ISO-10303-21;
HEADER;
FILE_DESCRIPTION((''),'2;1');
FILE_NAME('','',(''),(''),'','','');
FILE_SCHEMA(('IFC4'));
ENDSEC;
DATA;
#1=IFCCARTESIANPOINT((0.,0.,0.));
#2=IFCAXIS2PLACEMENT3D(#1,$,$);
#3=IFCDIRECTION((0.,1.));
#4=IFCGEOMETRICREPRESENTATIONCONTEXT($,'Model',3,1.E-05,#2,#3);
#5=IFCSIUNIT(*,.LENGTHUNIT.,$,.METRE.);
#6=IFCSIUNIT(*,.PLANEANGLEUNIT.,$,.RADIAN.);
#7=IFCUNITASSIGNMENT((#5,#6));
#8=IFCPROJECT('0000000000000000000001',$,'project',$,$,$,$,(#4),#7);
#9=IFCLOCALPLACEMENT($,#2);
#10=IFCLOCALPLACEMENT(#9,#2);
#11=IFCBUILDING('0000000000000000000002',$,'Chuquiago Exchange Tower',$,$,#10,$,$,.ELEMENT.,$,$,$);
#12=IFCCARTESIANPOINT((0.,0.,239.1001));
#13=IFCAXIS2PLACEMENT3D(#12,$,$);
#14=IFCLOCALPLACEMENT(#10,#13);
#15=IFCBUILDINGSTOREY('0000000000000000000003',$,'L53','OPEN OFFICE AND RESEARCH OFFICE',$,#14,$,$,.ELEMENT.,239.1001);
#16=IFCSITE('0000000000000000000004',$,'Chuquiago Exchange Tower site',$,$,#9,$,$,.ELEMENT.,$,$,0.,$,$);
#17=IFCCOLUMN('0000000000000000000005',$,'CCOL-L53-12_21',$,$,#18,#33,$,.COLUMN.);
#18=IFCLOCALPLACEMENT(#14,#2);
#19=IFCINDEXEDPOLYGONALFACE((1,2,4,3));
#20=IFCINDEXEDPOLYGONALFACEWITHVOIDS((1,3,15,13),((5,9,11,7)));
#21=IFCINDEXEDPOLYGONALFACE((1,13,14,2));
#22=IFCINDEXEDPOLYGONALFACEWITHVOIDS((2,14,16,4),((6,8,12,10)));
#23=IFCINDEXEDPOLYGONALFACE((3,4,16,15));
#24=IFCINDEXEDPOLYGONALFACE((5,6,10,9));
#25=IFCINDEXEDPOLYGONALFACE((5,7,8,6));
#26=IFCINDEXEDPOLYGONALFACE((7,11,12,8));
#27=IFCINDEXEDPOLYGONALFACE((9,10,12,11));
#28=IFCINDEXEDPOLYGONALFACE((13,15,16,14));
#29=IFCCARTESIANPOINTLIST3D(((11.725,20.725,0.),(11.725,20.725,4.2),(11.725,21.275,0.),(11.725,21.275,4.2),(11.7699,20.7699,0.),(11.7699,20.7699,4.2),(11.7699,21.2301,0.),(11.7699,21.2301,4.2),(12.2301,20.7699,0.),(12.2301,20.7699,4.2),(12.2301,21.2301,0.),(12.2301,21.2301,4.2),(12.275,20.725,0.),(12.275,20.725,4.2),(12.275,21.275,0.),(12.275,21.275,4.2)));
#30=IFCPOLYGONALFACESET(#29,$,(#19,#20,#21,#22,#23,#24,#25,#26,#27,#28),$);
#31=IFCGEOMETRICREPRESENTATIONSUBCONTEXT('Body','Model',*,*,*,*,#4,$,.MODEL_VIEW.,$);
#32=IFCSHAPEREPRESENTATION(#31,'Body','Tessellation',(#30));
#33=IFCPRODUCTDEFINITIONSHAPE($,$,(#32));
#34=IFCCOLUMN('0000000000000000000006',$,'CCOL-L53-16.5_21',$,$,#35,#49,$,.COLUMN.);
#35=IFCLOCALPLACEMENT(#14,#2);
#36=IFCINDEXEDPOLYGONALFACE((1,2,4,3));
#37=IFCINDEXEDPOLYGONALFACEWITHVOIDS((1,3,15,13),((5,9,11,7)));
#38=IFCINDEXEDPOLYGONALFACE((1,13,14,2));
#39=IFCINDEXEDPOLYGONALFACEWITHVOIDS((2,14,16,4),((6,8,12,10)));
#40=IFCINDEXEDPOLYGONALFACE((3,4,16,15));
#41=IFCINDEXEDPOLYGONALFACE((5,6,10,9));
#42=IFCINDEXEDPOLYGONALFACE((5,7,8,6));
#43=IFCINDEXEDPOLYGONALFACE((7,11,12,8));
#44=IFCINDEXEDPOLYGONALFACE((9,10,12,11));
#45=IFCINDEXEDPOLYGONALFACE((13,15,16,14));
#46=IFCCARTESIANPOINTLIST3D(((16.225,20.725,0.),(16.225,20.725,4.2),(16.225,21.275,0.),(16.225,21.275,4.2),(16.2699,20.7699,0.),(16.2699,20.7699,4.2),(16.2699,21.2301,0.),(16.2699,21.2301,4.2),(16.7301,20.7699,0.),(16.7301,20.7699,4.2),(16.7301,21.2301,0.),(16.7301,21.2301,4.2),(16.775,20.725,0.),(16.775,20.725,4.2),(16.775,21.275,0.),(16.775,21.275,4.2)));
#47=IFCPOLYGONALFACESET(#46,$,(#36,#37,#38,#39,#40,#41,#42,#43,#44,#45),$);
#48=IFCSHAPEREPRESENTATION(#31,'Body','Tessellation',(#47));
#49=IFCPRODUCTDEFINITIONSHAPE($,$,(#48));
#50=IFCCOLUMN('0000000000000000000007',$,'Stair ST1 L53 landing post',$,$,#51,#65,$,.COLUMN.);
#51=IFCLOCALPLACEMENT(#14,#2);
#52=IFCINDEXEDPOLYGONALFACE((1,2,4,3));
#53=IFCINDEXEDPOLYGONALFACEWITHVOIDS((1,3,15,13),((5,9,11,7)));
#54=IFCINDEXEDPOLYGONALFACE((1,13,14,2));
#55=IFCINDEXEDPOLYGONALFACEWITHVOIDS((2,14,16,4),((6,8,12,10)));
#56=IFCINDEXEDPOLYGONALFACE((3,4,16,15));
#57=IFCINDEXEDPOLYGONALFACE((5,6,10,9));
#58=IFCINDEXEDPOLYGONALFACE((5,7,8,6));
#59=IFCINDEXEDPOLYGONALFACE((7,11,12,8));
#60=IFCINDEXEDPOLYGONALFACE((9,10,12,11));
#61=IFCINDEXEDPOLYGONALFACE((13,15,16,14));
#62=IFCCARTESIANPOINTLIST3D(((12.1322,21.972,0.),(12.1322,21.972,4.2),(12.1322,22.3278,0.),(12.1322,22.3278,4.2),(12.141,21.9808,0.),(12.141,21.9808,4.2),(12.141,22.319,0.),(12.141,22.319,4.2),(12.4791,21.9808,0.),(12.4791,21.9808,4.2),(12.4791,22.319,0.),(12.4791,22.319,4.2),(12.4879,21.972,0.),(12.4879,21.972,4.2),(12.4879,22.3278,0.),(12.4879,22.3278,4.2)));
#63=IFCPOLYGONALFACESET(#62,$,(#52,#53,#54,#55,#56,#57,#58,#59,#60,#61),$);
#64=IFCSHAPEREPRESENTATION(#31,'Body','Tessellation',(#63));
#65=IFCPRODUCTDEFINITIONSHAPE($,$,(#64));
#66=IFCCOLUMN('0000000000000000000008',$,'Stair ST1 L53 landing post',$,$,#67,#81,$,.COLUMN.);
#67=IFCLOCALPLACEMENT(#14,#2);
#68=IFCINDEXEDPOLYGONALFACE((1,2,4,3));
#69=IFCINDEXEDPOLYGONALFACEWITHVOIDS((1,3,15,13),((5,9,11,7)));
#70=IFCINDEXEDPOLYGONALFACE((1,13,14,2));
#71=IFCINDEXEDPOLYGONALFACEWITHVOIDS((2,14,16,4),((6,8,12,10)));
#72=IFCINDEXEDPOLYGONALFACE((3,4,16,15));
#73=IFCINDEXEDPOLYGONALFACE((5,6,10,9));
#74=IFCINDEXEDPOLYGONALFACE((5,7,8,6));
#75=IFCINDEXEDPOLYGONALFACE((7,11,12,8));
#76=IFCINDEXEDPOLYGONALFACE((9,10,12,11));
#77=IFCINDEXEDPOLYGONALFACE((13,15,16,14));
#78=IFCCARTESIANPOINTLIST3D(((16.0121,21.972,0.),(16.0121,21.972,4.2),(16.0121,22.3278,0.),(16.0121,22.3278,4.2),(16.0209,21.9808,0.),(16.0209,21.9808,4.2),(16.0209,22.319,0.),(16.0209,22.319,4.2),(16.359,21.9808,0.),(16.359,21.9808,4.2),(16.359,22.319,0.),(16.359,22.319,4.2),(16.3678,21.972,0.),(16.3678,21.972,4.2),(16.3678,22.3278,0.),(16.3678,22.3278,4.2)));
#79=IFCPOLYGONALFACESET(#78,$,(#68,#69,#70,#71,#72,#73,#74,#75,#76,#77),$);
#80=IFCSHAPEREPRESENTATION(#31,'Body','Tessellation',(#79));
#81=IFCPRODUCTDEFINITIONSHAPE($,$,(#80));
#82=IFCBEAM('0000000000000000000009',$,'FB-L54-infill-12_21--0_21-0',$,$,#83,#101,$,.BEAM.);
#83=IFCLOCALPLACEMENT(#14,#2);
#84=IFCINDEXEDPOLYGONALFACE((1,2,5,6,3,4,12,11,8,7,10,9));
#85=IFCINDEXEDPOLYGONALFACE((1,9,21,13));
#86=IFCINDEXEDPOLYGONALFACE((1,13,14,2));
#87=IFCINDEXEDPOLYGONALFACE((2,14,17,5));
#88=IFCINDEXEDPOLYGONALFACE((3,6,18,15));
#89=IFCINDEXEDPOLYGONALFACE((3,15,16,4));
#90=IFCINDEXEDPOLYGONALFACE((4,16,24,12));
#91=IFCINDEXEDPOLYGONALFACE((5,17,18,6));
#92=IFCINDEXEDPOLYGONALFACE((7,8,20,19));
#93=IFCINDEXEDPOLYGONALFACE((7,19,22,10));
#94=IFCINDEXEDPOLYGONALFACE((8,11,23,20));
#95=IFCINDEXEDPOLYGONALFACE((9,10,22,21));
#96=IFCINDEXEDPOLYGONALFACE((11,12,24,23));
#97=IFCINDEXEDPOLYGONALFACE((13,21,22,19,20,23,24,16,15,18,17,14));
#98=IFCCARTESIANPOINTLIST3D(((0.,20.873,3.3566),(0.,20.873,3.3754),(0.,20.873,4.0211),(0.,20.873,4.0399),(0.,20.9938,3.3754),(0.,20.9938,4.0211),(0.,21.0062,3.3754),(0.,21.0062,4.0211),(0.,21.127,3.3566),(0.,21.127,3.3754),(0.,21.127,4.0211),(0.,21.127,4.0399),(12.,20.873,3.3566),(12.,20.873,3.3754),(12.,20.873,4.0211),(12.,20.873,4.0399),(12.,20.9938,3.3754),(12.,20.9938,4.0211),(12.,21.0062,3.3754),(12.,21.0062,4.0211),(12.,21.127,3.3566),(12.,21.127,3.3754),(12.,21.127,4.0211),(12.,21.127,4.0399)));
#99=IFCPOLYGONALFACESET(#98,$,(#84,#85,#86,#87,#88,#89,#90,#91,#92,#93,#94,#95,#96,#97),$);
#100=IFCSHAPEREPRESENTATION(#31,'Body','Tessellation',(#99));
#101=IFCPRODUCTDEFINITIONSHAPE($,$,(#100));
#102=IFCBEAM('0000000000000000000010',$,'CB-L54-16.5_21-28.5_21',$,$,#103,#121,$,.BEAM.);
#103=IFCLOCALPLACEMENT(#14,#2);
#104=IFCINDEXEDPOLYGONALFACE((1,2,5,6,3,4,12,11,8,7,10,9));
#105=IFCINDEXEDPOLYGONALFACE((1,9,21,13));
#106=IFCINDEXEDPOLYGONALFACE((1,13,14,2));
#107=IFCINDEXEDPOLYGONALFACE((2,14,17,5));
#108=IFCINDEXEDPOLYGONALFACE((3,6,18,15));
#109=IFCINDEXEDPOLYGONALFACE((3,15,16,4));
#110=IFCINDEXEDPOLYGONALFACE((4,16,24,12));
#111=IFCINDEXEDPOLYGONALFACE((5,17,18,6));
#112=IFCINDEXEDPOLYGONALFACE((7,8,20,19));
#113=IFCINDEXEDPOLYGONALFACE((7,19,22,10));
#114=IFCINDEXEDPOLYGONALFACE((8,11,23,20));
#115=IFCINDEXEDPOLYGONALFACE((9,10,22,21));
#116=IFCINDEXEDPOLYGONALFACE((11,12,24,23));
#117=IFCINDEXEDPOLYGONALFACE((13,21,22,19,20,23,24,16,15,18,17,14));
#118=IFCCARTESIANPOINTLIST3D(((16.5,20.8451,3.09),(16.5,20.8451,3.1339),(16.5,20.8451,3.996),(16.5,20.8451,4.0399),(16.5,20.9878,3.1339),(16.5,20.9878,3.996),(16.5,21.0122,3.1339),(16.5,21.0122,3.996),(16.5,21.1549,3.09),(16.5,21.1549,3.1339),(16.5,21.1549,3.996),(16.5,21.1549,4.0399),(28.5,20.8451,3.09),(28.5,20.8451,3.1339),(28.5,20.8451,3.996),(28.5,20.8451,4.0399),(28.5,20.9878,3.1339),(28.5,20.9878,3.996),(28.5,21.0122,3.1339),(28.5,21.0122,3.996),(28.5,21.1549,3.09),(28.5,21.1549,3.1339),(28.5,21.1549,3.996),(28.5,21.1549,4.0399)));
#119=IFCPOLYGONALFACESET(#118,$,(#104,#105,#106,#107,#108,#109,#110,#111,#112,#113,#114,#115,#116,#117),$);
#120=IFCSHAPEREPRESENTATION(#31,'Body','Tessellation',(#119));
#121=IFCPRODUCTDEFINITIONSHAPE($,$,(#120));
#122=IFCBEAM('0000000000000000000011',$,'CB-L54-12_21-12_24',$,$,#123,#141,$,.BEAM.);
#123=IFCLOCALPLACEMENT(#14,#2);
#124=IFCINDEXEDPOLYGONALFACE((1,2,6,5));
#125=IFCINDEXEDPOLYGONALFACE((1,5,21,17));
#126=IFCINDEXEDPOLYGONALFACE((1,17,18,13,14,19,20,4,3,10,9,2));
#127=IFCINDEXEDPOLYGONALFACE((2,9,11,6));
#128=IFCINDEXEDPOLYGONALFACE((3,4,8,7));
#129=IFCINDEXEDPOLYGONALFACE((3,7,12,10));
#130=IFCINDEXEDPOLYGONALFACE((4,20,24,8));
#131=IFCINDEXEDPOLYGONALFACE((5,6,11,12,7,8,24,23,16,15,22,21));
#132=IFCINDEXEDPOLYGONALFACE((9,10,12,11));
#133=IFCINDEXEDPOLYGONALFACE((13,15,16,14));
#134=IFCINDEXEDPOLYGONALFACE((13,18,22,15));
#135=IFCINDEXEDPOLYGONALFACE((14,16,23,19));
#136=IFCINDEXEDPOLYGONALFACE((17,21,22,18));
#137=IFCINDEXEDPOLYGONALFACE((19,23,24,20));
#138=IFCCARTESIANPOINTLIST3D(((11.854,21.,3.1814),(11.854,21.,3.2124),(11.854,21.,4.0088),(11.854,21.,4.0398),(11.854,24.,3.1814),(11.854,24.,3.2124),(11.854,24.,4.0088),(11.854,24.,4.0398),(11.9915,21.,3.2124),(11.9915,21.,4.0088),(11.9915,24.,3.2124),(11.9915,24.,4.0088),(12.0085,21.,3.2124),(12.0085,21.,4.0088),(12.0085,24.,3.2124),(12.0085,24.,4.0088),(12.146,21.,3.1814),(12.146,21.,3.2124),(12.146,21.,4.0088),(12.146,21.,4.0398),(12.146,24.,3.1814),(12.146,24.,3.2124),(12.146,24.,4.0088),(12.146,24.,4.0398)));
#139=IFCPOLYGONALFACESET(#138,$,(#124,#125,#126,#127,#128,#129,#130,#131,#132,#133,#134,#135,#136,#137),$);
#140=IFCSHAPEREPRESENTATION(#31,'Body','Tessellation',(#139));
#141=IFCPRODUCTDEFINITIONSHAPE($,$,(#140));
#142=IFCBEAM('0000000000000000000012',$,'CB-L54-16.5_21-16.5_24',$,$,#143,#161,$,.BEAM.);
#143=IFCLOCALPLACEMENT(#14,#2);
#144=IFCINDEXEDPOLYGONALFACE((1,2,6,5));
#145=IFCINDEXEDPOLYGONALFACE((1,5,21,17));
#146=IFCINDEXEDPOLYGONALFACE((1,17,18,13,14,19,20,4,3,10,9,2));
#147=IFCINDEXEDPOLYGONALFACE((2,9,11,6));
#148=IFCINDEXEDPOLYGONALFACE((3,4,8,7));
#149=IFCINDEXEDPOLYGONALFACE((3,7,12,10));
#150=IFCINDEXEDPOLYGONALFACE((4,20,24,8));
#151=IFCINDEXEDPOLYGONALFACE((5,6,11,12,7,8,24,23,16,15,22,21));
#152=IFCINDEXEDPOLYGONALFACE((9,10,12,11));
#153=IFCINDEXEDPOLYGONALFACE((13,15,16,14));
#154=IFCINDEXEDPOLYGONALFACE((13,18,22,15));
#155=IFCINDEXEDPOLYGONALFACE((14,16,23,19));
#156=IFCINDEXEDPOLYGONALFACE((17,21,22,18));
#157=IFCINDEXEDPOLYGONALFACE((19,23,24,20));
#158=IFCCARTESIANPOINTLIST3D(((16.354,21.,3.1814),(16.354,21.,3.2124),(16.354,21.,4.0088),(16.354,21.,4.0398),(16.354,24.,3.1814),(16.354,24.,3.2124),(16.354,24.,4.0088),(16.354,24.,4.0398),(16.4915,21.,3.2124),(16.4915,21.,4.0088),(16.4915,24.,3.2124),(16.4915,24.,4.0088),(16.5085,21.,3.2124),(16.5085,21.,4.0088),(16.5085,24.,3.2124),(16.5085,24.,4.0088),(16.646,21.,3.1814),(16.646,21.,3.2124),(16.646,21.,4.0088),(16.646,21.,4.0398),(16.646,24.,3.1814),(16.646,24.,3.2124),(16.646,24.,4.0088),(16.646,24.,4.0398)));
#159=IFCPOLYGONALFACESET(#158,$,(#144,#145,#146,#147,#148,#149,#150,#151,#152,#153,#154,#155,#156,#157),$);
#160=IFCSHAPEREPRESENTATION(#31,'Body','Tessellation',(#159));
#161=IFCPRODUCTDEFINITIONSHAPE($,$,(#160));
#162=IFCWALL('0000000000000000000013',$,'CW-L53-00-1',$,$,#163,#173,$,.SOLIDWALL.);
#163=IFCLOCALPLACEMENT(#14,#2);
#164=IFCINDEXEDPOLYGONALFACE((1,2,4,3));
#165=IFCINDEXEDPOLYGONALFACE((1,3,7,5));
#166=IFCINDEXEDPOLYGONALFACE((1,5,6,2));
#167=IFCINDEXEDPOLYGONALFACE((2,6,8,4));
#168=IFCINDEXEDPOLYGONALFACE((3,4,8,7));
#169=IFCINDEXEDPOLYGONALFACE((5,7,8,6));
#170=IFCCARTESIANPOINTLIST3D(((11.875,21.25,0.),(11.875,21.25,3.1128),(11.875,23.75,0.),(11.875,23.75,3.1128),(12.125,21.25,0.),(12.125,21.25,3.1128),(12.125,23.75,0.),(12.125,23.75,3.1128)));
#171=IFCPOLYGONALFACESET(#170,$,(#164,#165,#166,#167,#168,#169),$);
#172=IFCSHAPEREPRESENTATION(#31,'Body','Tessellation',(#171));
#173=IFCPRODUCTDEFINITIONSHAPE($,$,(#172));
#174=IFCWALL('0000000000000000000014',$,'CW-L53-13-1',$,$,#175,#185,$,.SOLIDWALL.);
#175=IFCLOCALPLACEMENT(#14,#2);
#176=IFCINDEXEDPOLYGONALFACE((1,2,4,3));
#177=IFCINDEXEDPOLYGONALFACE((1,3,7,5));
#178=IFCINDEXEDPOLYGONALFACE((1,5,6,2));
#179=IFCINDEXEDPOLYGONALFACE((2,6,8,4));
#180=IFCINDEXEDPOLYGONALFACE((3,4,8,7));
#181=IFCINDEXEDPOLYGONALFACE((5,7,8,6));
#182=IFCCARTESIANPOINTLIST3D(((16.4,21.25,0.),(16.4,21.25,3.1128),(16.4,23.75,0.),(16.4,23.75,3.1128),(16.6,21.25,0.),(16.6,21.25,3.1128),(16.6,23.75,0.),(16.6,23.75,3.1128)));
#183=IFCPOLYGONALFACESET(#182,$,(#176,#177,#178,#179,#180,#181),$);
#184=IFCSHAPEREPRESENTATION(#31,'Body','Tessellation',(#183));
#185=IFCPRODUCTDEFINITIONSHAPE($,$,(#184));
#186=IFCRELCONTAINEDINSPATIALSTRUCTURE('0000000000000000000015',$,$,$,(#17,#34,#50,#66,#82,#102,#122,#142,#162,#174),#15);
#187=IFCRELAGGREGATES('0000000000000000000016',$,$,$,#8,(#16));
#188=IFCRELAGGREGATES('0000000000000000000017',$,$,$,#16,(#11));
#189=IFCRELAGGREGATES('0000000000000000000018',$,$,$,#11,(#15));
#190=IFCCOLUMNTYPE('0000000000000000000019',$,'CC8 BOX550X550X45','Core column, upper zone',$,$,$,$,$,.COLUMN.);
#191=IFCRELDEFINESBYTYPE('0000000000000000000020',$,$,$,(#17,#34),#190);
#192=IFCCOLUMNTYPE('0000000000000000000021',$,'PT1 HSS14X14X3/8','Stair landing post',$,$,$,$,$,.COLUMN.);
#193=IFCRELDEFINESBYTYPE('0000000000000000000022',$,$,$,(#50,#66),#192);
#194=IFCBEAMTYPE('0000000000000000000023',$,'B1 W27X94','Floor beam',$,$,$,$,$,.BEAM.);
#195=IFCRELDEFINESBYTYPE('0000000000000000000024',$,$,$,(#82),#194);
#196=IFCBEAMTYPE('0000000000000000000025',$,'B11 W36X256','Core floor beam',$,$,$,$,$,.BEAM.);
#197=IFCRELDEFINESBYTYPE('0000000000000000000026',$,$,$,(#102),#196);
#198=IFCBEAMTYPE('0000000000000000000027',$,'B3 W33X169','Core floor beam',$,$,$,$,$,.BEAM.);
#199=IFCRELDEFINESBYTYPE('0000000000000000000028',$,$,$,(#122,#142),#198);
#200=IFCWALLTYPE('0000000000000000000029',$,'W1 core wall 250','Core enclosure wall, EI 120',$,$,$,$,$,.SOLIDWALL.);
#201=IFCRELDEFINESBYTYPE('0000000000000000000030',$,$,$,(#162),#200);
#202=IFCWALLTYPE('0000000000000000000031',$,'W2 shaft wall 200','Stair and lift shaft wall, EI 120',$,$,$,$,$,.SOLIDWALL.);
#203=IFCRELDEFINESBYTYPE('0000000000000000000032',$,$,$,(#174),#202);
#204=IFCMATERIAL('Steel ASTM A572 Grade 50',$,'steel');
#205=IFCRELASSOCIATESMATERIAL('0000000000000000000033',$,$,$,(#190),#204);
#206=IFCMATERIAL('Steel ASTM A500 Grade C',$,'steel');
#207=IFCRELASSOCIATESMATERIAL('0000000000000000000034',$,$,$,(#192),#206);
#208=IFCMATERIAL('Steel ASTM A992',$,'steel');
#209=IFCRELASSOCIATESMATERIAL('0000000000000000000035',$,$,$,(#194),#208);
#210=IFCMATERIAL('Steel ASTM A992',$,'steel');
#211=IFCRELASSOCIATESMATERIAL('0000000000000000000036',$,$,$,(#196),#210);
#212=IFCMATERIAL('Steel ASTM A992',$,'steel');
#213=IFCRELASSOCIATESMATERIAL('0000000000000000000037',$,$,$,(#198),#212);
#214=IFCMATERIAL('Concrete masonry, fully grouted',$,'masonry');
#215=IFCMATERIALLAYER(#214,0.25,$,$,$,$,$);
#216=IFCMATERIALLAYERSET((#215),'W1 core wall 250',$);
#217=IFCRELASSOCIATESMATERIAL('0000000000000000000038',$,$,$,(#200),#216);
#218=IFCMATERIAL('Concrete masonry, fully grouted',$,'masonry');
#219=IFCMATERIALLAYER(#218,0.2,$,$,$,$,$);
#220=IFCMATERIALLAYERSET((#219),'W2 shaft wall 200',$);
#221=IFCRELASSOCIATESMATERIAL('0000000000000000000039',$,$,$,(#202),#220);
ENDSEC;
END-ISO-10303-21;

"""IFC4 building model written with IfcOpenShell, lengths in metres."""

from ifc_helpers import new_model, si_unit, direction, frame, frame_2d, origin, origin_2d, place, context, subcontext, project, spatial, rectangle, hollow_rectangle, i_section, extrude, material, layer, layer_set, material_profile, profile_set, type_object, element, save


model = new_model("IFC4")

# Units and contexts
model_context = context("Model", 3, precision=1e-05, world=origin(), true_north=direction((0.0, 1.0)))
body_context = subcontext(model_context, "Body", "Model", "MODEL_VIEW")
ifc_project = project(units=[si_unit("LENGTHUNIT", "METRE"), si_unit("PLANEANGLEUNIT", "RADIAN")], contexts=[model_context])

# Site, building, storey
site_placement = place(None, origin())
site = spatial("IfcSite", under=ifc_project, at=site_placement, Name="Chuquiago Exchange Tower site", CompositionType="ELEMENT", RefElevation=0.0)
building_placement = place(site_placement, origin())
building = spatial("IfcBuilding", under=site, at=building_placement, Name="Chuquiago Exchange Tower", CompositionType="ELEMENT")
storey_placement = place(building_placement, frame((0.0, 0.0, 239.1001)))
storey = spatial("IfcBuildingStorey", under=building, at=storey_placement, Name="L53", Description="OPEN OFFICE AND RESEARCH OFFICE", CompositionType="ELEMENT", Elevation=239.1001)

# Columns
ifc_material_1 = material(Name="Steel ASTM A572 Grade 50", Category="steel")
ifc_material_profile_1 = material_profile(ifc_material_1, hollow_rectangle(XDim=0.55, YDim=0.55, WallThickness=0.0449, at=origin_2d()), Name="BOX550X550X45")
ifc_profile_set_1 = profile_set([ifc_material_profile_1], Name="Steel ASTM A572 Grade 50")
column_type_1 = type_object("IfcColumnType", Name="CC8 BOX550X550X45", Description="Core column, upper zone", PredefinedType="COLUMN", material=ifc_profile_set_1)
for number, where, z_axis, x_axis, name in (
    (1, (12.0, 21.0, 0.0), (0.0, 0.0, 1.0), (1.0, 0.0, 0.0), "CCOL-L53-12_21"),
    (2, (16.5, 21.0, 0.0), (0.0, 0.0, 1.0), (1.0, 0.0, 0.0), "CCOL-L53-16.5_21"),
):
    element("IfcColumn", number, at=place(storey_placement, frame(where, z_axis=z_axis, x_axis=x_axis)), inside=storey, type_object=column_type_1, Name=name, PredefinedType="COLUMN", context=body_context, shape_type="SweptSolid", body=[
        extrude(hollow_rectangle(XDim=0.55, YDim=0.55, WallThickness=0.0449, at=origin_2d()), origin(), (0.0, 0.0, 1.0), 4.2),
    ])
ifc_material_2 = material(Name="Steel ASTM A500 Grade C", Category="steel")
ifc_material_profile_2 = material_profile(ifc_material_2, hollow_rectangle(XDim=0.3557, YDim=0.3557, WallThickness=0.0088, at=origin_2d()), Name="HSS14X14X3/8")
ifc_profile_set_2 = profile_set([ifc_material_profile_2], Name="Steel ASTM A500 Grade C")
column_type_2 = type_object("IfcColumnType", Name="PT1 HSS14X14X3/8", Description="Stair landing post", PredefinedType="COLUMN", material=ifc_profile_set_2)
for number, where, z_axis, x_axis, name in (
    (3, (12.3101, 22.1499, 0.0), (0.0, 0.0, 1.0), (1.0, 0.0, 0.0), "Stair ST1 L53 landing post"),
    (4, (16.1899, 22.1499, 0.0), (0.0, 0.0, 1.0), (1.0, 0.0, 0.0), "Stair ST1 L53 landing post"),
):
    element("IfcColumn", number, at=place(storey_placement, frame(where, z_axis=z_axis, x_axis=x_axis)), inside=storey, type_object=column_type_2, Name=name, PredefinedType="COLUMN", context=body_context, shape_type="SweptSolid", body=[
        extrude(hollow_rectangle(XDim=0.3557, YDim=0.3557, WallThickness=0.0088, at=origin_2d()), origin(), (0.0, 0.0, 1.0), 4.2),
    ])

# Beams
ifc_material_3 = material(Name="Steel ASTM A992", Category="steel")
ifc_material_profile_3 = material_profile(ifc_material_3, i_section(OverallWidth=0.2539, OverallDepth=0.6833, WebThickness=0.0125, FlangeThickness=0.0188, at=origin_2d()), Name="W27X94")
ifc_profile_set_3 = profile_set([ifc_material_profile_3], Name="Steel ASTM A992")
beam_type_1 = type_object("IfcBeamType", Name="B1 W27X94", Description="Floor beam", PredefinedType="BEAM", material=ifc_profile_set_3)
beam_1_placement = place(storey_placement, frame((12.0, 21.0, 3.6982), z_axis=(-1.0, 0.0, 0.0), x_axis=(0.0, -1.0, 0.0)))
element("IfcBeam", 5, at=beam_1_placement, inside=storey, type_object=beam_type_1, Name="FB-L54-infill-12_21--0_21-0", PredefinedType="BEAM", context=body_context, shape_type="SweptSolid", body=[
    extrude(i_section(OverallWidth=0.2539, OverallDepth=0.6833, WebThickness=0.0125, FlangeThickness=0.0188, at=origin_2d()), origin(), (0.0, 0.0, 1.0), 12.0),
])
ifc_material_4 = material(Name="Steel ASTM A992", Category="steel")
ifc_material_profile_4 = material_profile(ifc_material_4, i_section(OverallWidth=0.3098, OverallDepth=0.95, WebThickness=0.0244, FlangeThickness=0.0439, at=origin_2d()), Name="W36X256")
ifc_profile_set_4 = profile_set([ifc_material_profile_4], Name="Steel ASTM A992")
beam_type_2 = type_object("IfcBeamType", Name="B11 W36X256", Description="Core floor beam", PredefinedType="BEAM", material=ifc_profile_set_4)
beam_2_placement = place(storey_placement, frame((16.5, 21.0, 3.5649), z_axis=(1.0, 0.0, 0.0), x_axis=(0.0, 1.0, 0.0)))
element("IfcBeam", 6, at=beam_2_placement, inside=storey, type_object=beam_type_2, Name="CB-L54-16.5_21-28.5_21", PredefinedType="BEAM", context=body_context, shape_type="SweptSolid", body=[
    extrude(i_section(OverallWidth=0.3098, OverallDepth=0.95, WebThickness=0.0244, FlangeThickness=0.0439, at=origin_2d()), origin(), (0.0, 0.0, 1.0), 12.0),
])
ifc_material_5 = material(Name="Steel ASTM A992", Category="steel")
ifc_material_profile_5 = material_profile(ifc_material_5, i_section(OverallWidth=0.292, OverallDepth=0.8584, WebThickness=0.0171, FlangeThickness=0.031, at=origin_2d()), Name="W33X169")
ifc_profile_set_5 = profile_set([ifc_material_profile_5], Name="Steel ASTM A992")
beam_type_3 = type_object("IfcBeamType", Name="B3 W33X169", Description="Core floor beam", PredefinedType="BEAM", material=ifc_profile_set_5)
for number, where, z_axis, x_axis, name in (
    (7, (12.0, 21.0, 3.6106), (0.0, 1.0, 0.0), (-1.0, 0.0, 0.0), "CB-L54-12_21-12_24"),
    (8, (16.5, 21.0, 3.6106), (0.0, 1.0, 0.0), (-1.0, 0.0, 0.0), "CB-L54-16.5_21-16.5_24"),
):
    element("IfcBeam", number, at=place(storey_placement, frame(where, z_axis=z_axis, x_axis=x_axis)), inside=storey, type_object=beam_type_3, Name=name, PredefinedType="BEAM", context=body_context, shape_type="SweptSolid", body=[
        extrude(i_section(OverallWidth=0.292, OverallDepth=0.8584, WebThickness=0.0171, FlangeThickness=0.031, at=origin_2d()), origin(), (0.0, 0.0, 1.0), 3.0),
    ])

# Walls
ifc_material_6 = material(Name="Concrete masonry, fully grouted", Category="masonry")
ifc_layer_1 = layer(ifc_material_6, 0.25)
ifc_layer_set_1 = layer_set([ifc_layer_1], Name="W1 core wall 250")
wall_type_1 = type_object("IfcWallType", Name="W1 core wall 250", Description="Core enclosure wall, EI 120", PredefinedType="SOLIDWALL", material=ifc_layer_set_1)
wall_1_placement = place(storey_placement, frame((12.0, 21.25, 0.0), z_axis=(0.0, 0.0, 1.0), x_axis=(0.0, 1.0, 0.0)))
element("IfcWall", 9, at=wall_1_placement, inside=storey, type_object=wall_type_1, Name="CW-L53-00-1", PredefinedType="SOLIDWALL", context=body_context, shape_type="SweptSolid", body=[
    extrude(rectangle(XDim=2.5, YDim=0.25, at=frame_2d((1.25, 0.0))), origin(), (0.0, 0.0, 1.0), 3.1128),
])
ifc_material_7 = material(Name="Concrete masonry, fully grouted", Category="masonry")
ifc_layer_2 = layer(ifc_material_7, 0.2)
ifc_layer_set_2 = layer_set([ifc_layer_2], Name="W2 shaft wall 200")
wall_type_2 = type_object("IfcWallType", Name="W2 shaft wall 200", Description="Stair and lift shaft wall, EI 120", PredefinedType="SOLIDWALL", material=ifc_layer_set_2)
wall_2_placement = place(storey_placement, frame((16.5, 21.25, 0.0), z_axis=(0.0, 0.0, 1.0), x_axis=(0.0, 1.0, 0.0)))
element("IfcWall", 10, at=wall_2_placement, inside=storey, type_object=wall_type_2, Name="CW-L53-13-1", PredefinedType="SOLIDWALL", context=body_context, shape_type="SweptSolid", body=[
    extrude(rectangle(XDim=2.5, YDim=0.2, at=frame_2d((1.25, 0.0))), origin(), (0.0, 0.0, 1.0), 3.1128),
])

save(model, "model.ifc")
